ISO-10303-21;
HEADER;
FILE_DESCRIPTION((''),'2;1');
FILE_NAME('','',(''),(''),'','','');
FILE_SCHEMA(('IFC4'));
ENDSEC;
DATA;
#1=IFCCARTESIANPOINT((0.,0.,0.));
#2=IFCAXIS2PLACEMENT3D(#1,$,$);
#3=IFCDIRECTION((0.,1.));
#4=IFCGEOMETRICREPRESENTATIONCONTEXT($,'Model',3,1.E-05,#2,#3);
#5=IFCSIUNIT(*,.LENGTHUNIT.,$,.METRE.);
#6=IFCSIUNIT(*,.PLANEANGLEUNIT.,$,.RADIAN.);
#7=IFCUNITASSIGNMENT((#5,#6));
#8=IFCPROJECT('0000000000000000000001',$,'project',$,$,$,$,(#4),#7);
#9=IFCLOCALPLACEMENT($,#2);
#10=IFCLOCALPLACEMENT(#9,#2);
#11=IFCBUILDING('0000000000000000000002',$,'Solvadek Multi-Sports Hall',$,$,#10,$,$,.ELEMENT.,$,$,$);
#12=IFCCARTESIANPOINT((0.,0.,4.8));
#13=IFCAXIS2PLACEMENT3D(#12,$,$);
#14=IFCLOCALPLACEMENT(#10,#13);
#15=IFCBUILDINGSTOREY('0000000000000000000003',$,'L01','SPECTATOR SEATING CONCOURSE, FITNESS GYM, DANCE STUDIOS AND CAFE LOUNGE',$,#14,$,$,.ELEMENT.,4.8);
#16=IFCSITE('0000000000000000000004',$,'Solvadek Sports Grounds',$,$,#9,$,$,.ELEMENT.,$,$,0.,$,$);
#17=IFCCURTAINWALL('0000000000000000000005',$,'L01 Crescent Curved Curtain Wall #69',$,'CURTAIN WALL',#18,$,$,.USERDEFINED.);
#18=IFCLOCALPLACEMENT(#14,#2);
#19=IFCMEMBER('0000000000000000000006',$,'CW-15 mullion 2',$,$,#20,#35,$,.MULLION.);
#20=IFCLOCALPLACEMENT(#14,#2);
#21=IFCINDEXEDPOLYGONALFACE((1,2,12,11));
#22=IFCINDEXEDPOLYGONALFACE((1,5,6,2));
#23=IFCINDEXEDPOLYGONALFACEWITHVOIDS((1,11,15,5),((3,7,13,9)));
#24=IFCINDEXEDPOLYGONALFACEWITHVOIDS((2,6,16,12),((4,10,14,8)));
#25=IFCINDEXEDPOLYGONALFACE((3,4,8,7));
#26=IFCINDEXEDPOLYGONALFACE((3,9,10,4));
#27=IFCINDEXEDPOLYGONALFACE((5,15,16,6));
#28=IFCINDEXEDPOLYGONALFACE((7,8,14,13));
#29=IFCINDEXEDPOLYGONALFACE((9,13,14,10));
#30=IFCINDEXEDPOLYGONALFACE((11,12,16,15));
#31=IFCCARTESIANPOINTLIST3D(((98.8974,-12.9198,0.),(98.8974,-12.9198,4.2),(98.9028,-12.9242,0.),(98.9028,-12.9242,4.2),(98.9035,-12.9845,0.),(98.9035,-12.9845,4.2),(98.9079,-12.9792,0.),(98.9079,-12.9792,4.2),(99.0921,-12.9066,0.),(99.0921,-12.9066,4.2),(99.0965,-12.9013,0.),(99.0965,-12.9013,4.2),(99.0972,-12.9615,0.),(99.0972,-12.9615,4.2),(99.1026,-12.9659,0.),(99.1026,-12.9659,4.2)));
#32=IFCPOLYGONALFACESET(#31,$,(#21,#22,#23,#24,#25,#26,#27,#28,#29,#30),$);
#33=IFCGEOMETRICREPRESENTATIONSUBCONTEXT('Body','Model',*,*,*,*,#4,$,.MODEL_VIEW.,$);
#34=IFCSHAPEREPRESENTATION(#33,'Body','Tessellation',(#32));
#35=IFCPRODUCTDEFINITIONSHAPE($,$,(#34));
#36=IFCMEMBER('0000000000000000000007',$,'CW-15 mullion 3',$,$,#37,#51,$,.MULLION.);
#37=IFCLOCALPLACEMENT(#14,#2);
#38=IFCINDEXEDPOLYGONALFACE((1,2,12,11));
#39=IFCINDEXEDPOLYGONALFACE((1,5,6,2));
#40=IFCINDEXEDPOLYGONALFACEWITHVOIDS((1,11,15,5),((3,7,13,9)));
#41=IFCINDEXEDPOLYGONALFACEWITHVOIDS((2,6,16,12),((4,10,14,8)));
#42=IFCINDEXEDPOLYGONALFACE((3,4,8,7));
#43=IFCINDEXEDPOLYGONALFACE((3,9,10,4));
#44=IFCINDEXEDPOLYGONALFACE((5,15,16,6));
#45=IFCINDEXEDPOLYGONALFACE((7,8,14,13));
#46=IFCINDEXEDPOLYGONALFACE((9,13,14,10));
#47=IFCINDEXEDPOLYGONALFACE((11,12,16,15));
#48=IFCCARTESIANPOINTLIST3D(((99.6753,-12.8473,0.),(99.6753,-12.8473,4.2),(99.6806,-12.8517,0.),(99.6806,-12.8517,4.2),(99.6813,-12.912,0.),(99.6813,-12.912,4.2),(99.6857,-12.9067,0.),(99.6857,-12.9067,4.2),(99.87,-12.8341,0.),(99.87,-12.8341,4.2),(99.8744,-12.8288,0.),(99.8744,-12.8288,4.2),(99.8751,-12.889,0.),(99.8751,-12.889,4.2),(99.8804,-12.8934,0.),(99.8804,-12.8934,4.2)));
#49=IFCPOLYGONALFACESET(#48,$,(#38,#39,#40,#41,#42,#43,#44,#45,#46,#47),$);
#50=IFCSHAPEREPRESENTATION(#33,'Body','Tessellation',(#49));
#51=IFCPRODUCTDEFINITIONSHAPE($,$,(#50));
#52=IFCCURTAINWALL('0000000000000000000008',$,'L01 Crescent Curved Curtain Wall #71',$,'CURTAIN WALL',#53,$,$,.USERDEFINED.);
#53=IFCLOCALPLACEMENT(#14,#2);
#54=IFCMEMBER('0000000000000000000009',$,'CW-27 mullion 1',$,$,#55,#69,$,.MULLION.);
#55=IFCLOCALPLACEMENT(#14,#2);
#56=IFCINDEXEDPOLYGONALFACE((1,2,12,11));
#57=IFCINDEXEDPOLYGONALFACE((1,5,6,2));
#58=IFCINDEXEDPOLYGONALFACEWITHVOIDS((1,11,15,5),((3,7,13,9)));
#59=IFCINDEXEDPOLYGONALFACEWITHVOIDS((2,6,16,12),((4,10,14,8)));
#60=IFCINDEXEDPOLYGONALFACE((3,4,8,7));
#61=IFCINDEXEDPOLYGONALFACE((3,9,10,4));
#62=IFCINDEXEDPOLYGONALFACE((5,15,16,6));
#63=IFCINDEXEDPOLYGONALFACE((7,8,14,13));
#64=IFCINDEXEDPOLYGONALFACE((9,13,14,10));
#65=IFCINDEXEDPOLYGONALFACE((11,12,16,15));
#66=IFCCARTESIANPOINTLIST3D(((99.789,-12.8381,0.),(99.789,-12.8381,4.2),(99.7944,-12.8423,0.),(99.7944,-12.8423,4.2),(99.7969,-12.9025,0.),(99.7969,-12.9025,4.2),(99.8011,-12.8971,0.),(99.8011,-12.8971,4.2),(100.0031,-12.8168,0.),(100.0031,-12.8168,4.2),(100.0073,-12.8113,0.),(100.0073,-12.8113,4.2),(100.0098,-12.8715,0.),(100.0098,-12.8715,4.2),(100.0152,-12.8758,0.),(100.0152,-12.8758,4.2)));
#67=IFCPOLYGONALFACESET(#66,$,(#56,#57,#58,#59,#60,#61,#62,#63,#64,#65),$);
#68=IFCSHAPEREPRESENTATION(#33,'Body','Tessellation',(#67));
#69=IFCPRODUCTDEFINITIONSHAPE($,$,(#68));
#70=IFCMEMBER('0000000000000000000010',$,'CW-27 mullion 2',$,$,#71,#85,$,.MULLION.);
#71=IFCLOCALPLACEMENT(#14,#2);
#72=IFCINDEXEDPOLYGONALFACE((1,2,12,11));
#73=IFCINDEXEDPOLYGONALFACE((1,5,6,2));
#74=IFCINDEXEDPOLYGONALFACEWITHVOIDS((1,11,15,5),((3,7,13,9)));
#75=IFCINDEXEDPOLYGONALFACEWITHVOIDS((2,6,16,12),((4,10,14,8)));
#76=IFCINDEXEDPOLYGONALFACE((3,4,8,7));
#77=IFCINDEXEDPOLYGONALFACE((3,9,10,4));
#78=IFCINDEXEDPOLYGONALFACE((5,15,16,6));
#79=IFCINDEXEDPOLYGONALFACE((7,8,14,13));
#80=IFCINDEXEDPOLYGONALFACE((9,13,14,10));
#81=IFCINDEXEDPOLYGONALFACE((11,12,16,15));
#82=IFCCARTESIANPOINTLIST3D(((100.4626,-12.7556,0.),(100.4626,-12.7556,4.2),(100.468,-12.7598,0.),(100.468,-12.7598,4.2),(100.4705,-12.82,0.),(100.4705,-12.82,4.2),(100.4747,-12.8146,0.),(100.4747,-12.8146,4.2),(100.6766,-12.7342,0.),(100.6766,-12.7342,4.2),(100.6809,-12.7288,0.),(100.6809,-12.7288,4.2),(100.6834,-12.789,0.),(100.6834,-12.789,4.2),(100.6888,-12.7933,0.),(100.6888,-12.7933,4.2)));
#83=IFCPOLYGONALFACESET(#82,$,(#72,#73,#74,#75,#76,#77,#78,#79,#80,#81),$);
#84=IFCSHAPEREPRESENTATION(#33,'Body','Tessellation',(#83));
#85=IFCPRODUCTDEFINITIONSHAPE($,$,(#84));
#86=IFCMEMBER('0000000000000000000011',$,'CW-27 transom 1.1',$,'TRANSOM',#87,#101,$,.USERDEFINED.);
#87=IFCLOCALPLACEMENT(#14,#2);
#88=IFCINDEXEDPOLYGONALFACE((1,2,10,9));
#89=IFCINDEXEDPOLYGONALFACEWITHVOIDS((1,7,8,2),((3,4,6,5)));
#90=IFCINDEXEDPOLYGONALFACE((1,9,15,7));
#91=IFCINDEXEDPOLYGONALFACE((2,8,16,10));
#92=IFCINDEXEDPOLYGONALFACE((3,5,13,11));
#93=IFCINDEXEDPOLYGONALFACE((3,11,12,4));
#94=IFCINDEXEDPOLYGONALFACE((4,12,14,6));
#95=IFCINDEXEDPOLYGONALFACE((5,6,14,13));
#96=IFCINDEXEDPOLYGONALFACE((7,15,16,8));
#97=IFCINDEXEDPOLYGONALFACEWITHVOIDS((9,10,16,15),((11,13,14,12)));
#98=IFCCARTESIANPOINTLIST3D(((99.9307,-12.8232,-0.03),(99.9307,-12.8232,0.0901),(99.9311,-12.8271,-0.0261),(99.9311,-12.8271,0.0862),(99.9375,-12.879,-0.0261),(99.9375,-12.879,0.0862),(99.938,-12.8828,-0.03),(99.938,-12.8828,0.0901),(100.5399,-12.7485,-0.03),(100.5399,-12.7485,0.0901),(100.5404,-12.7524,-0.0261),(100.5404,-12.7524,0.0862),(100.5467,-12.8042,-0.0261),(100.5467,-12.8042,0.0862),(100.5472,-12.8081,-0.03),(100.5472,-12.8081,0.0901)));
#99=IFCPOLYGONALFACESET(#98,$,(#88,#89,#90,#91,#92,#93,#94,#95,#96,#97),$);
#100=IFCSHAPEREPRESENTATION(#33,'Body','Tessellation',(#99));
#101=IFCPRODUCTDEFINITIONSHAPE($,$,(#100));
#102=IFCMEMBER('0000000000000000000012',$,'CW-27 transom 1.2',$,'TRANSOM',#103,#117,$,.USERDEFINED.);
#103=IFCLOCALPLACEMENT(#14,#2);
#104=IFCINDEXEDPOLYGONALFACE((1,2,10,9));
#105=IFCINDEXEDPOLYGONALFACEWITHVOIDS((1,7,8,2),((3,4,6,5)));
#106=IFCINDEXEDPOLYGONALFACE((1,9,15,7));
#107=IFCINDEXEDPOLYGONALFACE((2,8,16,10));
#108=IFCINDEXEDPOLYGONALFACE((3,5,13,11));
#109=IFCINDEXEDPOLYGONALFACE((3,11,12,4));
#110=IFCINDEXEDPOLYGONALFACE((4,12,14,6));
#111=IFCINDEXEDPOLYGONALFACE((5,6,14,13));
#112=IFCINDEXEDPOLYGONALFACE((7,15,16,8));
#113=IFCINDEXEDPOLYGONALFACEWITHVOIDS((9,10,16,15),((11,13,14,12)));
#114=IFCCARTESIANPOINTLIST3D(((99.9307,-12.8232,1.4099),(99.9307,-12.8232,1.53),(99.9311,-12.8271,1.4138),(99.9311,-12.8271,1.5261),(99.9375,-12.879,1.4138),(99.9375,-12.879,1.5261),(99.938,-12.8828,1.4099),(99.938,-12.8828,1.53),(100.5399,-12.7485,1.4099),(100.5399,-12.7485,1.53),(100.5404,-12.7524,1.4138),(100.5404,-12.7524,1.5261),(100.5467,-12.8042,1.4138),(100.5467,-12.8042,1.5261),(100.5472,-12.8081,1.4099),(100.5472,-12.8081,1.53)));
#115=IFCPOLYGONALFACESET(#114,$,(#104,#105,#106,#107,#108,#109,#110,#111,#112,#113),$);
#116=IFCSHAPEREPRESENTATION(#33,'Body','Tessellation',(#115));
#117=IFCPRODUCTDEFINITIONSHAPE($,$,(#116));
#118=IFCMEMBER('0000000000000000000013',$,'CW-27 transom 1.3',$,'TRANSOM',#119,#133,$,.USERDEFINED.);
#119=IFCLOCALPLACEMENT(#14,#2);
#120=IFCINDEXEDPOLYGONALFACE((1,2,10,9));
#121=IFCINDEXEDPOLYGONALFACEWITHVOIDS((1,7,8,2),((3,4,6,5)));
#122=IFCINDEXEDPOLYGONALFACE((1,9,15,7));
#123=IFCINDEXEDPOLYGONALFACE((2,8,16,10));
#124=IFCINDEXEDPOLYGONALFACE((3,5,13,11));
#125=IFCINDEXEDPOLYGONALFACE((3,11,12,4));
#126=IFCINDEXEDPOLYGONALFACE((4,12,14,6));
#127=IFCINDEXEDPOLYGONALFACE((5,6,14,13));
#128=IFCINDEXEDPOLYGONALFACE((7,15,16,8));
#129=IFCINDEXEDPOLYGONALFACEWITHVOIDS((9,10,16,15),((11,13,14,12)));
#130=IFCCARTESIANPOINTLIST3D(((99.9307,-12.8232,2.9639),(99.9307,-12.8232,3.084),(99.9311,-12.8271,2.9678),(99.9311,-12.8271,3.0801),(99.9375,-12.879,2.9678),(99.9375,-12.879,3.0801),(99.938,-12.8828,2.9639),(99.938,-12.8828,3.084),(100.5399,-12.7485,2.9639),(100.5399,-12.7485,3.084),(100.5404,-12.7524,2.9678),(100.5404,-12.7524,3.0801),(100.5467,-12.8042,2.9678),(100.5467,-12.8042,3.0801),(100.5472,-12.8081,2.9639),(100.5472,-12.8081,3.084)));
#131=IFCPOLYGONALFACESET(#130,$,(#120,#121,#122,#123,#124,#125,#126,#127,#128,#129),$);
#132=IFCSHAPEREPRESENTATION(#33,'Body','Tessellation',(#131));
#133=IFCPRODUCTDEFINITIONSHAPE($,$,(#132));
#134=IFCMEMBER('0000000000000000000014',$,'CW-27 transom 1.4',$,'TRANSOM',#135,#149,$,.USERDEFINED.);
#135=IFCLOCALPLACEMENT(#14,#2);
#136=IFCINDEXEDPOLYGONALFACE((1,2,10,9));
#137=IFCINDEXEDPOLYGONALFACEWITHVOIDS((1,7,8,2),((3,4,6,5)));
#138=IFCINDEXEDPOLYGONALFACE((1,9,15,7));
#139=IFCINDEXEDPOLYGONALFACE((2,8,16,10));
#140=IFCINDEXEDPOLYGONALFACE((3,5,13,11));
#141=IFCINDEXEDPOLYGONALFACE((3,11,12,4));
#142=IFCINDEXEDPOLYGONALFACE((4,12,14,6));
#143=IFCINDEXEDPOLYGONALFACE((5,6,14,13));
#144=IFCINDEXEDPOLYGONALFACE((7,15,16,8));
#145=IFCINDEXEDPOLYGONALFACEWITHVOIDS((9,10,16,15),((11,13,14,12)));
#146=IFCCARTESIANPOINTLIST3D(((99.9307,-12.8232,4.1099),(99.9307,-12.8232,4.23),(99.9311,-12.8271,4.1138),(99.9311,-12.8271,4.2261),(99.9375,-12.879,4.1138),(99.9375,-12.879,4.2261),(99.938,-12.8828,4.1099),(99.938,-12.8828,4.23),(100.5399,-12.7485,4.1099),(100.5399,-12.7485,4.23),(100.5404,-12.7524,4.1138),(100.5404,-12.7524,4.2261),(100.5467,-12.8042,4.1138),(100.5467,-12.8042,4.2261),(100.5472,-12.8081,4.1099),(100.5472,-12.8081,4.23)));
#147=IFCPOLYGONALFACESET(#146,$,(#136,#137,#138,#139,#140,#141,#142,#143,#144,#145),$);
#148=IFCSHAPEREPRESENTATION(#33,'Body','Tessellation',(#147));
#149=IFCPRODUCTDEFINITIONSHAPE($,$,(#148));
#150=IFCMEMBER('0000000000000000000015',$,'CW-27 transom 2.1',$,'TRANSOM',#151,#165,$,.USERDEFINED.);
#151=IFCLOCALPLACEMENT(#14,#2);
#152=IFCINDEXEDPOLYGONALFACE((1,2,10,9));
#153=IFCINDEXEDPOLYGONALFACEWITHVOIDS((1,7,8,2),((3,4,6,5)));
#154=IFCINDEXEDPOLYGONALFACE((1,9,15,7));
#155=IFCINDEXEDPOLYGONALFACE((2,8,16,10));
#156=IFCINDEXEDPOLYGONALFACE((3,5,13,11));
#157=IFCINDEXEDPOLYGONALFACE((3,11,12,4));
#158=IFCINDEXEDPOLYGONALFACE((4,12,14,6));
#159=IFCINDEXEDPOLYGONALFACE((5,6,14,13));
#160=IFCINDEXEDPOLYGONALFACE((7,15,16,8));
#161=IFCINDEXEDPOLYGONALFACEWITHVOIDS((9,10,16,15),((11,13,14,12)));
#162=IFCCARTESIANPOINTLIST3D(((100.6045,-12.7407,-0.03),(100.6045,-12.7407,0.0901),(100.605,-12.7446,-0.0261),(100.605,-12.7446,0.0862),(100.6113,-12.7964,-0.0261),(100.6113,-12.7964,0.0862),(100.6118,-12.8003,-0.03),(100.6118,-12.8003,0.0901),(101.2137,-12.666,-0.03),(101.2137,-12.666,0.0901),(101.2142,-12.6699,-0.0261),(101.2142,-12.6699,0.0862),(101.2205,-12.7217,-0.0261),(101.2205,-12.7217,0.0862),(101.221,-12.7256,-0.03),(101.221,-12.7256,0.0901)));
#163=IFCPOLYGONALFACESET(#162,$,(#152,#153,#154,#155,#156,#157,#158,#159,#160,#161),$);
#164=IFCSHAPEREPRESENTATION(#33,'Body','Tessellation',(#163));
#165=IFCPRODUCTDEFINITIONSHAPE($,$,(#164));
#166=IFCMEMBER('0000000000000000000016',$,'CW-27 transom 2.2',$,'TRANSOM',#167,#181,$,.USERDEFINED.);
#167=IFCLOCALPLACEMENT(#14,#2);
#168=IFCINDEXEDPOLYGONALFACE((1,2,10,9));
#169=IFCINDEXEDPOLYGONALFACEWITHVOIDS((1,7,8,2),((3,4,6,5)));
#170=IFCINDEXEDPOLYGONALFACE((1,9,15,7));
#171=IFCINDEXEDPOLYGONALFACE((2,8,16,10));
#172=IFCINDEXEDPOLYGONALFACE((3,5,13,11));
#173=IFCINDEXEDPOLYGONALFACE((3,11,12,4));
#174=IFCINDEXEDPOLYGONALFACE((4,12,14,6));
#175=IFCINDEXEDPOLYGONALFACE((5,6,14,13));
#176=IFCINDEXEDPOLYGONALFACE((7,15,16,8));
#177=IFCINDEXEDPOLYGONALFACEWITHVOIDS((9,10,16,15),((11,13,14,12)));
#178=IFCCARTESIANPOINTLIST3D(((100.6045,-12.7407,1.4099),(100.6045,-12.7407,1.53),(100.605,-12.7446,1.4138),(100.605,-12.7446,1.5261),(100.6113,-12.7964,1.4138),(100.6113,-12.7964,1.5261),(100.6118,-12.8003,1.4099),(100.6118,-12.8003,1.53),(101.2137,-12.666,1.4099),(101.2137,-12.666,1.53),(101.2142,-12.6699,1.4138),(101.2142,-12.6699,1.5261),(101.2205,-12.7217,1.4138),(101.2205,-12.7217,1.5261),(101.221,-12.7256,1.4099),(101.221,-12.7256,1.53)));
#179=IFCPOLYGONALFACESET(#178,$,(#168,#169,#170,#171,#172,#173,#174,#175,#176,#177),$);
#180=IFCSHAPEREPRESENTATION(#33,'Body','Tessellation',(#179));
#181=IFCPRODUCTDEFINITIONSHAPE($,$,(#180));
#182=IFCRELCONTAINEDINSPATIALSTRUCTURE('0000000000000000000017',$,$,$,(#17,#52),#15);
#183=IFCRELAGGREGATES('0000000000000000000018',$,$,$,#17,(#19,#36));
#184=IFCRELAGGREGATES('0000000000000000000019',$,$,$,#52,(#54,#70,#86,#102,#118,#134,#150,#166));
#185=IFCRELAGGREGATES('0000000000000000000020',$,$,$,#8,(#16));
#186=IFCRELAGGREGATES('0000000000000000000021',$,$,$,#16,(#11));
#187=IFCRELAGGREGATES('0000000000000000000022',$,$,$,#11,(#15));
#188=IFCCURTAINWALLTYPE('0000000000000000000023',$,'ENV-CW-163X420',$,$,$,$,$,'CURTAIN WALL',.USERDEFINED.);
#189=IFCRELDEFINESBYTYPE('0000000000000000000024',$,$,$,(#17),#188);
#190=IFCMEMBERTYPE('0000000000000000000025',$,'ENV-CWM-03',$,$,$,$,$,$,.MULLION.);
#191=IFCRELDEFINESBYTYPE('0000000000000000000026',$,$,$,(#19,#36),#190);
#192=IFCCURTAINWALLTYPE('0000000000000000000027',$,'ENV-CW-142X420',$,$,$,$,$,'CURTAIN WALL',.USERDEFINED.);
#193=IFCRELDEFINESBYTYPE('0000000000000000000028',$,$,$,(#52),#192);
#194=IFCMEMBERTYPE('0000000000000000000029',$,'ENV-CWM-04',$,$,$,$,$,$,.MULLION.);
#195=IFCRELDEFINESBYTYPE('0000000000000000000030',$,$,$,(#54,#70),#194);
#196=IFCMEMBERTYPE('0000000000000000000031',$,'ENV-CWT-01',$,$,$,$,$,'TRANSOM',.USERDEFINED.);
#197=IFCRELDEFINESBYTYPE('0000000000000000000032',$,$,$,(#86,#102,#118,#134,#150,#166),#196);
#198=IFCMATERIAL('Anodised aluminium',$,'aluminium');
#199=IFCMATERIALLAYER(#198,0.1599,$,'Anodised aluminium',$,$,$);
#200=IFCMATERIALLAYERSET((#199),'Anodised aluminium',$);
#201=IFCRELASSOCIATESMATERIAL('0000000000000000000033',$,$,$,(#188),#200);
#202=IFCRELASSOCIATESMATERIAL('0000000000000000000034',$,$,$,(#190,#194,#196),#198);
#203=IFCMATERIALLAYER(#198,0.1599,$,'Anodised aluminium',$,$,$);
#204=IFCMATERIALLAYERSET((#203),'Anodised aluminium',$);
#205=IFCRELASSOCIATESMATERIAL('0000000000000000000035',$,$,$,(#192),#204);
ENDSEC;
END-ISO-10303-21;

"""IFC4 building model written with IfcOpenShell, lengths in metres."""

from ifc_helpers import new_model, si_unit, direction, frame, origin, origin_2d, place, context, subcontext, project, spatial, hollow_rectangle, extrude, material, layer, layer_set, material_profile, profile_set, type_object, element, aggregate, save


model = new_model("IFC4")

# Units and contexts
model_context = context("Model", 3, precision=1e-05, world=origin(), true_north=direction((0.0, 1.0)))
body_context = subcontext(model_context, "Body", "Model", "MODEL_VIEW")
ifc_project = project(units=[si_unit("LENGTHUNIT", "METRE"), si_unit("PLANEANGLEUNIT", "RADIAN")], contexts=[model_context])

# Site, building, storey
site_placement = place(None, origin())
site = spatial("IfcSite", under=ifc_project, at=site_placement, Name="Solvadek Sports Grounds", CompositionType="ELEMENT", RefElevation=0.0)
building_placement = place(site_placement, origin())
building = spatial("IfcBuilding", under=site, at=building_placement, Name="Solvadek Multi-Sports Hall", CompositionType="ELEMENT")
storey_placement = place(building_placement, frame((0.0, 0.0, 4.8)))
storey = spatial("IfcBuildingStorey", under=building, at=storey_placement, Name="L01", Description="SPECTATOR SEATING CONCOURSE, FITNESS GYM, DANCE STUDIOS AND CAFE LOUNGE", CompositionType="ELEMENT", Elevation=4.8)

# Curtain walls, members
ifc_material_1 = material(Name="Anodised aluminium", Category="aluminium")
ifc_layer_1 = layer(ifc_material_1, 0.1599, Name="Anodised aluminium")
ifc_layer_set_1 = layer_set([ifc_layer_1], Name="Anodised aluminium")
curtain_wall_type_1 = type_object("IfcCurtainWallType", Name="ENV-CW-163X420", ElementType="CURTAIN WALL", PredefinedType="USERDEFINED", material=ifc_layer_set_1)
curtain_wall_1_placement = place(storey_placement, origin())
curtain_wall_1 = element("IfcCurtainWall", 1, at=curtain_wall_1_placement, inside=storey, type_object=curtain_wall_type_1, Name="L01 Crescent Curved Curtain Wall #69", ObjectType="CURTAIN WALL", PredefinedType="USERDEFINED")
ifc_material_profile_1 = material_profile(ifc_material_1, hollow_rectangle(XDim=0.0649, YDim=0.2, WallThickness=0.0049, at=origin_2d()), Name="ALU-M 200x65x5")
ifc_profile_set_1 = profile_set([ifc_material_profile_1], Name="Anodised aluminium")
member_type_1 = type_object("IfcMemberType", Name="ENV-CWM-03", PredefinedType="MULLION", material=ifc_profile_set_1)
member_1_placement = place(storey_placement, frame((99.0, -12.9429, 0.0), z_axis=(0.0, 0.0, 1.0), x_axis=(-0.092796, 0.995685, 0.0)))
member_1 = element("IfcMember", 2, at=member_1_placement, type_object=member_type_1, Name="CW-15 mullion 2", PredefinedType="MULLION", context=body_context, shape_type="SweptSolid", body=[
    extrude(hollow_rectangle(XDim=0.0649, YDim=0.2, WallThickness=0.0049, at=origin_2d()), origin(), (0.0, 0.0, 1.0), 4.2),
])
member_2_placement = place(storey_placement, frame((99.7778, -12.8704, 0.0), z_axis=(0.0, 0.0, 1.0), x_axis=(-0.092796, 0.995685, 0.0)))
member_2 = element("IfcMember", 3, at=member_2_placement, type_object=member_type_1, Name="CW-15 mullion 3", PredefinedType="MULLION", context=body_context, shape_type="SweptSolid", body=[
    extrude(hollow_rectangle(XDim=0.0649, YDim=0.2, WallThickness=0.0049, at=origin_2d()), origin(), (0.0, 0.0, 1.0), 4.2),
])
ifc_layer_2 = layer(ifc_material_1, 0.1599, Name="Anodised aluminium")
ifc_layer_set_2 = layer_set([ifc_layer_2], Name="Anodised aluminium")
curtain_wall_type_2 = type_object("IfcCurtainWallType", Name="ENV-CW-142X420", ElementType="CURTAIN WALL", PredefinedType="USERDEFINED", material=ifc_layer_set_2)
curtain_wall_2_placement = place(storey_placement, origin())
curtain_wall_2 = element("IfcCurtainWall", 4, at=curtain_wall_2_placement, inside=storey, type_object=curtain_wall_type_2, Name="L01 Crescent Curved Curtain Wall #71", ObjectType="CURTAIN WALL", PredefinedType="USERDEFINED")
ifc_material_profile_2 = material_profile(ifc_material_1, hollow_rectangle(XDim=0.0649, YDim=0.22, WallThickness=0.0049, at=origin_2d()), Name="ALU-M 220x65x5")
ifc_profile_set_2 = profile_set([ifc_material_profile_2], Name="Anodised aluminium")
member_type_2 = type_object("IfcMemberType", Name="ENV-CWM-04", PredefinedType="MULLION", material=ifc_profile_set_2)
member_3_placement = place(storey_placement, frame((99.9021, -12.8569, 0.0), z_axis=(0.0, 0.0, 1.0), x_axis=(-0.121681, 0.992569, 0.0)))
member_3 = element("IfcMember", 5, at=member_3_placement, type_object=member_type_2, Name="CW-27 mullion 1", PredefinedType="MULLION", context=body_context, shape_type="SweptSolid", body=[
    extrude(hollow_rectangle(XDim=0.0649, YDim=0.22, WallThickness=0.0049, at=origin_2d()), origin(), (0.0, 0.0, 1.0), 4.2),
])
member_4_placement = place(storey_placement, frame((100.5757, -12.7744, 0.0), z_axis=(0.0, 0.0, 1.0), x_axis=(-0.121681, 0.992569, 0.0)))
member_4 = element("IfcMember", 6, at=member_4_placement, type_object=member_type_2, Name="CW-27 mullion 2", PredefinedType="MULLION", context=body_context, shape_type="SweptSolid", body=[
    extrude(hollow_rectangle(XDim=0.0649, YDim=0.22, WallThickness=0.0049, at=origin_2d()), origin(), (0.0, 0.0, 1.0), 4.2),
])
ifc_material_profile_3 = material_profile(ifc_material_1, hollow_rectangle(XDim=0.0601, YDim=0.1201, WallThickness=0.0039, at=origin_2d()), Name="ALU-T 120x60x4")
ifc_profile_set_3 = profile_set([ifc_material_profile_3], Name="Anodised aluminium")
member_type_3 = type_object("IfcMemberType", Name="ENV-CWT-01", ElementType="TRANSOM", PredefinedType="USERDEFINED", material=ifc_profile_set_3)
member_5_placement = place(storey_placement, frame((99.9343, -12.853, 0.03), z_axis=(0.992563, 0.121733, 0.0), x_axis=(-0.121733, 0.992563, 0.0)))
member_5 = element("IfcMember", 7, at=member_5_placement, type_object=member_type_3, Name="CW-27 transom 1.1", ObjectType="TRANSOM", PredefinedType="USERDEFINED", context=body_context, shape_type="SweptSolid", body=[
    extrude(hollow_rectangle(XDim=0.0601, YDim=0.1201, WallThickness=0.0039, at=origin_2d()), origin(), (0.0, 0.0, 1.0), 0.6138),
])
member_6_placement = place(storey_placement, frame((99.9343, -12.853, 1.47), z_axis=(0.992563, 0.121733, 0.0), x_axis=(-0.121733, 0.992563, 0.0)))
member_6 = element("IfcMember", 8, at=member_6_placement, type_object=member_type_3, Name="CW-27 transom 1.2", ObjectType="TRANSOM", PredefinedType="USERDEFINED", context=body_context, shape_type="SweptSolid", body=[
    extrude(hollow_rectangle(XDim=0.0601, YDim=0.1201, WallThickness=0.0039, at=origin_2d()), origin(), (0.0, 0.0, 1.0), 0.6138),
])
member_7_placement = place(storey_placement, frame((99.9343, -12.853, 3.0239), z_axis=(0.992563, 0.121733, 0.0), x_axis=(-0.121733, 0.992563, 0.0)))
member_7 = element("IfcMember", 9, at=member_7_placement, type_object=member_type_3, Name="CW-27 transom 1.3", ObjectType="TRANSOM", PredefinedType="USERDEFINED", context=body_context, shape_type="SweptSolid", body=[
    extrude(hollow_rectangle(XDim=0.0601, YDim=0.1201, WallThickness=0.0039, at=origin_2d()), origin(), (0.0, 0.0, 1.0), 0.6138),
])
member_8_placement = place(storey_placement, frame((99.9343, -12.853, 4.1699), z_axis=(0.992563, 0.121733, 0.0), x_axis=(-0.121733, 0.992563, 0.0)))
member_8 = element("IfcMember", 10, at=member_8_placement, type_object=member_type_3, Name="CW-27 transom 1.4", ObjectType="TRANSOM", PredefinedType="USERDEFINED", context=body_context, shape_type="SweptSolid", body=[
    extrude(hollow_rectangle(XDim=0.0601, YDim=0.1201, WallThickness=0.0039, at=origin_2d()), origin(), (0.0, 0.0, 1.0), 0.6138),
])
member_9_placement = place(storey_placement, frame((100.6082, -12.7705, 0.03), z_axis=(0.992563, 0.121733, 0.0), x_axis=(-0.121733, 0.992563, 0.0)))
member_9 = element("IfcMember", 11, at=member_9_placement, type_object=member_type_3, Name="CW-27 transom 2.1", ObjectType="TRANSOM", PredefinedType="USERDEFINED", context=body_context, shape_type="SweptSolid", body=[
    extrude(hollow_rectangle(XDim=0.0601, YDim=0.1201, WallThickness=0.0039, at=origin_2d()), origin(), (0.0, 0.0, 1.0), 0.6138),
])
member_10_placement = place(storey_placement, frame((100.6082, -12.7705, 1.47), z_axis=(0.992563, 0.121733, 0.0), x_axis=(-0.121733, 0.992563, 0.0)))
member_10 = element("IfcMember", 12, at=member_10_placement, type_object=member_type_3, Name="CW-27 transom 2.2", ObjectType="TRANSOM", PredefinedType="USERDEFINED", context=body_context, shape_type="SweptSolid", body=[
    extrude(hollow_rectangle(XDim=0.0601, YDim=0.1201, WallThickness=0.0039, at=origin_2d()), origin(), (0.0, 0.0, 1.0), 0.6138),
])

aggregate(curtain_wall_1, [member_1, member_2])
aggregate(curtain_wall_2, [member_3, member_4, member_5, member_6, member_7, member_8, member_9, member_10])

save(model, "model.ifc")
